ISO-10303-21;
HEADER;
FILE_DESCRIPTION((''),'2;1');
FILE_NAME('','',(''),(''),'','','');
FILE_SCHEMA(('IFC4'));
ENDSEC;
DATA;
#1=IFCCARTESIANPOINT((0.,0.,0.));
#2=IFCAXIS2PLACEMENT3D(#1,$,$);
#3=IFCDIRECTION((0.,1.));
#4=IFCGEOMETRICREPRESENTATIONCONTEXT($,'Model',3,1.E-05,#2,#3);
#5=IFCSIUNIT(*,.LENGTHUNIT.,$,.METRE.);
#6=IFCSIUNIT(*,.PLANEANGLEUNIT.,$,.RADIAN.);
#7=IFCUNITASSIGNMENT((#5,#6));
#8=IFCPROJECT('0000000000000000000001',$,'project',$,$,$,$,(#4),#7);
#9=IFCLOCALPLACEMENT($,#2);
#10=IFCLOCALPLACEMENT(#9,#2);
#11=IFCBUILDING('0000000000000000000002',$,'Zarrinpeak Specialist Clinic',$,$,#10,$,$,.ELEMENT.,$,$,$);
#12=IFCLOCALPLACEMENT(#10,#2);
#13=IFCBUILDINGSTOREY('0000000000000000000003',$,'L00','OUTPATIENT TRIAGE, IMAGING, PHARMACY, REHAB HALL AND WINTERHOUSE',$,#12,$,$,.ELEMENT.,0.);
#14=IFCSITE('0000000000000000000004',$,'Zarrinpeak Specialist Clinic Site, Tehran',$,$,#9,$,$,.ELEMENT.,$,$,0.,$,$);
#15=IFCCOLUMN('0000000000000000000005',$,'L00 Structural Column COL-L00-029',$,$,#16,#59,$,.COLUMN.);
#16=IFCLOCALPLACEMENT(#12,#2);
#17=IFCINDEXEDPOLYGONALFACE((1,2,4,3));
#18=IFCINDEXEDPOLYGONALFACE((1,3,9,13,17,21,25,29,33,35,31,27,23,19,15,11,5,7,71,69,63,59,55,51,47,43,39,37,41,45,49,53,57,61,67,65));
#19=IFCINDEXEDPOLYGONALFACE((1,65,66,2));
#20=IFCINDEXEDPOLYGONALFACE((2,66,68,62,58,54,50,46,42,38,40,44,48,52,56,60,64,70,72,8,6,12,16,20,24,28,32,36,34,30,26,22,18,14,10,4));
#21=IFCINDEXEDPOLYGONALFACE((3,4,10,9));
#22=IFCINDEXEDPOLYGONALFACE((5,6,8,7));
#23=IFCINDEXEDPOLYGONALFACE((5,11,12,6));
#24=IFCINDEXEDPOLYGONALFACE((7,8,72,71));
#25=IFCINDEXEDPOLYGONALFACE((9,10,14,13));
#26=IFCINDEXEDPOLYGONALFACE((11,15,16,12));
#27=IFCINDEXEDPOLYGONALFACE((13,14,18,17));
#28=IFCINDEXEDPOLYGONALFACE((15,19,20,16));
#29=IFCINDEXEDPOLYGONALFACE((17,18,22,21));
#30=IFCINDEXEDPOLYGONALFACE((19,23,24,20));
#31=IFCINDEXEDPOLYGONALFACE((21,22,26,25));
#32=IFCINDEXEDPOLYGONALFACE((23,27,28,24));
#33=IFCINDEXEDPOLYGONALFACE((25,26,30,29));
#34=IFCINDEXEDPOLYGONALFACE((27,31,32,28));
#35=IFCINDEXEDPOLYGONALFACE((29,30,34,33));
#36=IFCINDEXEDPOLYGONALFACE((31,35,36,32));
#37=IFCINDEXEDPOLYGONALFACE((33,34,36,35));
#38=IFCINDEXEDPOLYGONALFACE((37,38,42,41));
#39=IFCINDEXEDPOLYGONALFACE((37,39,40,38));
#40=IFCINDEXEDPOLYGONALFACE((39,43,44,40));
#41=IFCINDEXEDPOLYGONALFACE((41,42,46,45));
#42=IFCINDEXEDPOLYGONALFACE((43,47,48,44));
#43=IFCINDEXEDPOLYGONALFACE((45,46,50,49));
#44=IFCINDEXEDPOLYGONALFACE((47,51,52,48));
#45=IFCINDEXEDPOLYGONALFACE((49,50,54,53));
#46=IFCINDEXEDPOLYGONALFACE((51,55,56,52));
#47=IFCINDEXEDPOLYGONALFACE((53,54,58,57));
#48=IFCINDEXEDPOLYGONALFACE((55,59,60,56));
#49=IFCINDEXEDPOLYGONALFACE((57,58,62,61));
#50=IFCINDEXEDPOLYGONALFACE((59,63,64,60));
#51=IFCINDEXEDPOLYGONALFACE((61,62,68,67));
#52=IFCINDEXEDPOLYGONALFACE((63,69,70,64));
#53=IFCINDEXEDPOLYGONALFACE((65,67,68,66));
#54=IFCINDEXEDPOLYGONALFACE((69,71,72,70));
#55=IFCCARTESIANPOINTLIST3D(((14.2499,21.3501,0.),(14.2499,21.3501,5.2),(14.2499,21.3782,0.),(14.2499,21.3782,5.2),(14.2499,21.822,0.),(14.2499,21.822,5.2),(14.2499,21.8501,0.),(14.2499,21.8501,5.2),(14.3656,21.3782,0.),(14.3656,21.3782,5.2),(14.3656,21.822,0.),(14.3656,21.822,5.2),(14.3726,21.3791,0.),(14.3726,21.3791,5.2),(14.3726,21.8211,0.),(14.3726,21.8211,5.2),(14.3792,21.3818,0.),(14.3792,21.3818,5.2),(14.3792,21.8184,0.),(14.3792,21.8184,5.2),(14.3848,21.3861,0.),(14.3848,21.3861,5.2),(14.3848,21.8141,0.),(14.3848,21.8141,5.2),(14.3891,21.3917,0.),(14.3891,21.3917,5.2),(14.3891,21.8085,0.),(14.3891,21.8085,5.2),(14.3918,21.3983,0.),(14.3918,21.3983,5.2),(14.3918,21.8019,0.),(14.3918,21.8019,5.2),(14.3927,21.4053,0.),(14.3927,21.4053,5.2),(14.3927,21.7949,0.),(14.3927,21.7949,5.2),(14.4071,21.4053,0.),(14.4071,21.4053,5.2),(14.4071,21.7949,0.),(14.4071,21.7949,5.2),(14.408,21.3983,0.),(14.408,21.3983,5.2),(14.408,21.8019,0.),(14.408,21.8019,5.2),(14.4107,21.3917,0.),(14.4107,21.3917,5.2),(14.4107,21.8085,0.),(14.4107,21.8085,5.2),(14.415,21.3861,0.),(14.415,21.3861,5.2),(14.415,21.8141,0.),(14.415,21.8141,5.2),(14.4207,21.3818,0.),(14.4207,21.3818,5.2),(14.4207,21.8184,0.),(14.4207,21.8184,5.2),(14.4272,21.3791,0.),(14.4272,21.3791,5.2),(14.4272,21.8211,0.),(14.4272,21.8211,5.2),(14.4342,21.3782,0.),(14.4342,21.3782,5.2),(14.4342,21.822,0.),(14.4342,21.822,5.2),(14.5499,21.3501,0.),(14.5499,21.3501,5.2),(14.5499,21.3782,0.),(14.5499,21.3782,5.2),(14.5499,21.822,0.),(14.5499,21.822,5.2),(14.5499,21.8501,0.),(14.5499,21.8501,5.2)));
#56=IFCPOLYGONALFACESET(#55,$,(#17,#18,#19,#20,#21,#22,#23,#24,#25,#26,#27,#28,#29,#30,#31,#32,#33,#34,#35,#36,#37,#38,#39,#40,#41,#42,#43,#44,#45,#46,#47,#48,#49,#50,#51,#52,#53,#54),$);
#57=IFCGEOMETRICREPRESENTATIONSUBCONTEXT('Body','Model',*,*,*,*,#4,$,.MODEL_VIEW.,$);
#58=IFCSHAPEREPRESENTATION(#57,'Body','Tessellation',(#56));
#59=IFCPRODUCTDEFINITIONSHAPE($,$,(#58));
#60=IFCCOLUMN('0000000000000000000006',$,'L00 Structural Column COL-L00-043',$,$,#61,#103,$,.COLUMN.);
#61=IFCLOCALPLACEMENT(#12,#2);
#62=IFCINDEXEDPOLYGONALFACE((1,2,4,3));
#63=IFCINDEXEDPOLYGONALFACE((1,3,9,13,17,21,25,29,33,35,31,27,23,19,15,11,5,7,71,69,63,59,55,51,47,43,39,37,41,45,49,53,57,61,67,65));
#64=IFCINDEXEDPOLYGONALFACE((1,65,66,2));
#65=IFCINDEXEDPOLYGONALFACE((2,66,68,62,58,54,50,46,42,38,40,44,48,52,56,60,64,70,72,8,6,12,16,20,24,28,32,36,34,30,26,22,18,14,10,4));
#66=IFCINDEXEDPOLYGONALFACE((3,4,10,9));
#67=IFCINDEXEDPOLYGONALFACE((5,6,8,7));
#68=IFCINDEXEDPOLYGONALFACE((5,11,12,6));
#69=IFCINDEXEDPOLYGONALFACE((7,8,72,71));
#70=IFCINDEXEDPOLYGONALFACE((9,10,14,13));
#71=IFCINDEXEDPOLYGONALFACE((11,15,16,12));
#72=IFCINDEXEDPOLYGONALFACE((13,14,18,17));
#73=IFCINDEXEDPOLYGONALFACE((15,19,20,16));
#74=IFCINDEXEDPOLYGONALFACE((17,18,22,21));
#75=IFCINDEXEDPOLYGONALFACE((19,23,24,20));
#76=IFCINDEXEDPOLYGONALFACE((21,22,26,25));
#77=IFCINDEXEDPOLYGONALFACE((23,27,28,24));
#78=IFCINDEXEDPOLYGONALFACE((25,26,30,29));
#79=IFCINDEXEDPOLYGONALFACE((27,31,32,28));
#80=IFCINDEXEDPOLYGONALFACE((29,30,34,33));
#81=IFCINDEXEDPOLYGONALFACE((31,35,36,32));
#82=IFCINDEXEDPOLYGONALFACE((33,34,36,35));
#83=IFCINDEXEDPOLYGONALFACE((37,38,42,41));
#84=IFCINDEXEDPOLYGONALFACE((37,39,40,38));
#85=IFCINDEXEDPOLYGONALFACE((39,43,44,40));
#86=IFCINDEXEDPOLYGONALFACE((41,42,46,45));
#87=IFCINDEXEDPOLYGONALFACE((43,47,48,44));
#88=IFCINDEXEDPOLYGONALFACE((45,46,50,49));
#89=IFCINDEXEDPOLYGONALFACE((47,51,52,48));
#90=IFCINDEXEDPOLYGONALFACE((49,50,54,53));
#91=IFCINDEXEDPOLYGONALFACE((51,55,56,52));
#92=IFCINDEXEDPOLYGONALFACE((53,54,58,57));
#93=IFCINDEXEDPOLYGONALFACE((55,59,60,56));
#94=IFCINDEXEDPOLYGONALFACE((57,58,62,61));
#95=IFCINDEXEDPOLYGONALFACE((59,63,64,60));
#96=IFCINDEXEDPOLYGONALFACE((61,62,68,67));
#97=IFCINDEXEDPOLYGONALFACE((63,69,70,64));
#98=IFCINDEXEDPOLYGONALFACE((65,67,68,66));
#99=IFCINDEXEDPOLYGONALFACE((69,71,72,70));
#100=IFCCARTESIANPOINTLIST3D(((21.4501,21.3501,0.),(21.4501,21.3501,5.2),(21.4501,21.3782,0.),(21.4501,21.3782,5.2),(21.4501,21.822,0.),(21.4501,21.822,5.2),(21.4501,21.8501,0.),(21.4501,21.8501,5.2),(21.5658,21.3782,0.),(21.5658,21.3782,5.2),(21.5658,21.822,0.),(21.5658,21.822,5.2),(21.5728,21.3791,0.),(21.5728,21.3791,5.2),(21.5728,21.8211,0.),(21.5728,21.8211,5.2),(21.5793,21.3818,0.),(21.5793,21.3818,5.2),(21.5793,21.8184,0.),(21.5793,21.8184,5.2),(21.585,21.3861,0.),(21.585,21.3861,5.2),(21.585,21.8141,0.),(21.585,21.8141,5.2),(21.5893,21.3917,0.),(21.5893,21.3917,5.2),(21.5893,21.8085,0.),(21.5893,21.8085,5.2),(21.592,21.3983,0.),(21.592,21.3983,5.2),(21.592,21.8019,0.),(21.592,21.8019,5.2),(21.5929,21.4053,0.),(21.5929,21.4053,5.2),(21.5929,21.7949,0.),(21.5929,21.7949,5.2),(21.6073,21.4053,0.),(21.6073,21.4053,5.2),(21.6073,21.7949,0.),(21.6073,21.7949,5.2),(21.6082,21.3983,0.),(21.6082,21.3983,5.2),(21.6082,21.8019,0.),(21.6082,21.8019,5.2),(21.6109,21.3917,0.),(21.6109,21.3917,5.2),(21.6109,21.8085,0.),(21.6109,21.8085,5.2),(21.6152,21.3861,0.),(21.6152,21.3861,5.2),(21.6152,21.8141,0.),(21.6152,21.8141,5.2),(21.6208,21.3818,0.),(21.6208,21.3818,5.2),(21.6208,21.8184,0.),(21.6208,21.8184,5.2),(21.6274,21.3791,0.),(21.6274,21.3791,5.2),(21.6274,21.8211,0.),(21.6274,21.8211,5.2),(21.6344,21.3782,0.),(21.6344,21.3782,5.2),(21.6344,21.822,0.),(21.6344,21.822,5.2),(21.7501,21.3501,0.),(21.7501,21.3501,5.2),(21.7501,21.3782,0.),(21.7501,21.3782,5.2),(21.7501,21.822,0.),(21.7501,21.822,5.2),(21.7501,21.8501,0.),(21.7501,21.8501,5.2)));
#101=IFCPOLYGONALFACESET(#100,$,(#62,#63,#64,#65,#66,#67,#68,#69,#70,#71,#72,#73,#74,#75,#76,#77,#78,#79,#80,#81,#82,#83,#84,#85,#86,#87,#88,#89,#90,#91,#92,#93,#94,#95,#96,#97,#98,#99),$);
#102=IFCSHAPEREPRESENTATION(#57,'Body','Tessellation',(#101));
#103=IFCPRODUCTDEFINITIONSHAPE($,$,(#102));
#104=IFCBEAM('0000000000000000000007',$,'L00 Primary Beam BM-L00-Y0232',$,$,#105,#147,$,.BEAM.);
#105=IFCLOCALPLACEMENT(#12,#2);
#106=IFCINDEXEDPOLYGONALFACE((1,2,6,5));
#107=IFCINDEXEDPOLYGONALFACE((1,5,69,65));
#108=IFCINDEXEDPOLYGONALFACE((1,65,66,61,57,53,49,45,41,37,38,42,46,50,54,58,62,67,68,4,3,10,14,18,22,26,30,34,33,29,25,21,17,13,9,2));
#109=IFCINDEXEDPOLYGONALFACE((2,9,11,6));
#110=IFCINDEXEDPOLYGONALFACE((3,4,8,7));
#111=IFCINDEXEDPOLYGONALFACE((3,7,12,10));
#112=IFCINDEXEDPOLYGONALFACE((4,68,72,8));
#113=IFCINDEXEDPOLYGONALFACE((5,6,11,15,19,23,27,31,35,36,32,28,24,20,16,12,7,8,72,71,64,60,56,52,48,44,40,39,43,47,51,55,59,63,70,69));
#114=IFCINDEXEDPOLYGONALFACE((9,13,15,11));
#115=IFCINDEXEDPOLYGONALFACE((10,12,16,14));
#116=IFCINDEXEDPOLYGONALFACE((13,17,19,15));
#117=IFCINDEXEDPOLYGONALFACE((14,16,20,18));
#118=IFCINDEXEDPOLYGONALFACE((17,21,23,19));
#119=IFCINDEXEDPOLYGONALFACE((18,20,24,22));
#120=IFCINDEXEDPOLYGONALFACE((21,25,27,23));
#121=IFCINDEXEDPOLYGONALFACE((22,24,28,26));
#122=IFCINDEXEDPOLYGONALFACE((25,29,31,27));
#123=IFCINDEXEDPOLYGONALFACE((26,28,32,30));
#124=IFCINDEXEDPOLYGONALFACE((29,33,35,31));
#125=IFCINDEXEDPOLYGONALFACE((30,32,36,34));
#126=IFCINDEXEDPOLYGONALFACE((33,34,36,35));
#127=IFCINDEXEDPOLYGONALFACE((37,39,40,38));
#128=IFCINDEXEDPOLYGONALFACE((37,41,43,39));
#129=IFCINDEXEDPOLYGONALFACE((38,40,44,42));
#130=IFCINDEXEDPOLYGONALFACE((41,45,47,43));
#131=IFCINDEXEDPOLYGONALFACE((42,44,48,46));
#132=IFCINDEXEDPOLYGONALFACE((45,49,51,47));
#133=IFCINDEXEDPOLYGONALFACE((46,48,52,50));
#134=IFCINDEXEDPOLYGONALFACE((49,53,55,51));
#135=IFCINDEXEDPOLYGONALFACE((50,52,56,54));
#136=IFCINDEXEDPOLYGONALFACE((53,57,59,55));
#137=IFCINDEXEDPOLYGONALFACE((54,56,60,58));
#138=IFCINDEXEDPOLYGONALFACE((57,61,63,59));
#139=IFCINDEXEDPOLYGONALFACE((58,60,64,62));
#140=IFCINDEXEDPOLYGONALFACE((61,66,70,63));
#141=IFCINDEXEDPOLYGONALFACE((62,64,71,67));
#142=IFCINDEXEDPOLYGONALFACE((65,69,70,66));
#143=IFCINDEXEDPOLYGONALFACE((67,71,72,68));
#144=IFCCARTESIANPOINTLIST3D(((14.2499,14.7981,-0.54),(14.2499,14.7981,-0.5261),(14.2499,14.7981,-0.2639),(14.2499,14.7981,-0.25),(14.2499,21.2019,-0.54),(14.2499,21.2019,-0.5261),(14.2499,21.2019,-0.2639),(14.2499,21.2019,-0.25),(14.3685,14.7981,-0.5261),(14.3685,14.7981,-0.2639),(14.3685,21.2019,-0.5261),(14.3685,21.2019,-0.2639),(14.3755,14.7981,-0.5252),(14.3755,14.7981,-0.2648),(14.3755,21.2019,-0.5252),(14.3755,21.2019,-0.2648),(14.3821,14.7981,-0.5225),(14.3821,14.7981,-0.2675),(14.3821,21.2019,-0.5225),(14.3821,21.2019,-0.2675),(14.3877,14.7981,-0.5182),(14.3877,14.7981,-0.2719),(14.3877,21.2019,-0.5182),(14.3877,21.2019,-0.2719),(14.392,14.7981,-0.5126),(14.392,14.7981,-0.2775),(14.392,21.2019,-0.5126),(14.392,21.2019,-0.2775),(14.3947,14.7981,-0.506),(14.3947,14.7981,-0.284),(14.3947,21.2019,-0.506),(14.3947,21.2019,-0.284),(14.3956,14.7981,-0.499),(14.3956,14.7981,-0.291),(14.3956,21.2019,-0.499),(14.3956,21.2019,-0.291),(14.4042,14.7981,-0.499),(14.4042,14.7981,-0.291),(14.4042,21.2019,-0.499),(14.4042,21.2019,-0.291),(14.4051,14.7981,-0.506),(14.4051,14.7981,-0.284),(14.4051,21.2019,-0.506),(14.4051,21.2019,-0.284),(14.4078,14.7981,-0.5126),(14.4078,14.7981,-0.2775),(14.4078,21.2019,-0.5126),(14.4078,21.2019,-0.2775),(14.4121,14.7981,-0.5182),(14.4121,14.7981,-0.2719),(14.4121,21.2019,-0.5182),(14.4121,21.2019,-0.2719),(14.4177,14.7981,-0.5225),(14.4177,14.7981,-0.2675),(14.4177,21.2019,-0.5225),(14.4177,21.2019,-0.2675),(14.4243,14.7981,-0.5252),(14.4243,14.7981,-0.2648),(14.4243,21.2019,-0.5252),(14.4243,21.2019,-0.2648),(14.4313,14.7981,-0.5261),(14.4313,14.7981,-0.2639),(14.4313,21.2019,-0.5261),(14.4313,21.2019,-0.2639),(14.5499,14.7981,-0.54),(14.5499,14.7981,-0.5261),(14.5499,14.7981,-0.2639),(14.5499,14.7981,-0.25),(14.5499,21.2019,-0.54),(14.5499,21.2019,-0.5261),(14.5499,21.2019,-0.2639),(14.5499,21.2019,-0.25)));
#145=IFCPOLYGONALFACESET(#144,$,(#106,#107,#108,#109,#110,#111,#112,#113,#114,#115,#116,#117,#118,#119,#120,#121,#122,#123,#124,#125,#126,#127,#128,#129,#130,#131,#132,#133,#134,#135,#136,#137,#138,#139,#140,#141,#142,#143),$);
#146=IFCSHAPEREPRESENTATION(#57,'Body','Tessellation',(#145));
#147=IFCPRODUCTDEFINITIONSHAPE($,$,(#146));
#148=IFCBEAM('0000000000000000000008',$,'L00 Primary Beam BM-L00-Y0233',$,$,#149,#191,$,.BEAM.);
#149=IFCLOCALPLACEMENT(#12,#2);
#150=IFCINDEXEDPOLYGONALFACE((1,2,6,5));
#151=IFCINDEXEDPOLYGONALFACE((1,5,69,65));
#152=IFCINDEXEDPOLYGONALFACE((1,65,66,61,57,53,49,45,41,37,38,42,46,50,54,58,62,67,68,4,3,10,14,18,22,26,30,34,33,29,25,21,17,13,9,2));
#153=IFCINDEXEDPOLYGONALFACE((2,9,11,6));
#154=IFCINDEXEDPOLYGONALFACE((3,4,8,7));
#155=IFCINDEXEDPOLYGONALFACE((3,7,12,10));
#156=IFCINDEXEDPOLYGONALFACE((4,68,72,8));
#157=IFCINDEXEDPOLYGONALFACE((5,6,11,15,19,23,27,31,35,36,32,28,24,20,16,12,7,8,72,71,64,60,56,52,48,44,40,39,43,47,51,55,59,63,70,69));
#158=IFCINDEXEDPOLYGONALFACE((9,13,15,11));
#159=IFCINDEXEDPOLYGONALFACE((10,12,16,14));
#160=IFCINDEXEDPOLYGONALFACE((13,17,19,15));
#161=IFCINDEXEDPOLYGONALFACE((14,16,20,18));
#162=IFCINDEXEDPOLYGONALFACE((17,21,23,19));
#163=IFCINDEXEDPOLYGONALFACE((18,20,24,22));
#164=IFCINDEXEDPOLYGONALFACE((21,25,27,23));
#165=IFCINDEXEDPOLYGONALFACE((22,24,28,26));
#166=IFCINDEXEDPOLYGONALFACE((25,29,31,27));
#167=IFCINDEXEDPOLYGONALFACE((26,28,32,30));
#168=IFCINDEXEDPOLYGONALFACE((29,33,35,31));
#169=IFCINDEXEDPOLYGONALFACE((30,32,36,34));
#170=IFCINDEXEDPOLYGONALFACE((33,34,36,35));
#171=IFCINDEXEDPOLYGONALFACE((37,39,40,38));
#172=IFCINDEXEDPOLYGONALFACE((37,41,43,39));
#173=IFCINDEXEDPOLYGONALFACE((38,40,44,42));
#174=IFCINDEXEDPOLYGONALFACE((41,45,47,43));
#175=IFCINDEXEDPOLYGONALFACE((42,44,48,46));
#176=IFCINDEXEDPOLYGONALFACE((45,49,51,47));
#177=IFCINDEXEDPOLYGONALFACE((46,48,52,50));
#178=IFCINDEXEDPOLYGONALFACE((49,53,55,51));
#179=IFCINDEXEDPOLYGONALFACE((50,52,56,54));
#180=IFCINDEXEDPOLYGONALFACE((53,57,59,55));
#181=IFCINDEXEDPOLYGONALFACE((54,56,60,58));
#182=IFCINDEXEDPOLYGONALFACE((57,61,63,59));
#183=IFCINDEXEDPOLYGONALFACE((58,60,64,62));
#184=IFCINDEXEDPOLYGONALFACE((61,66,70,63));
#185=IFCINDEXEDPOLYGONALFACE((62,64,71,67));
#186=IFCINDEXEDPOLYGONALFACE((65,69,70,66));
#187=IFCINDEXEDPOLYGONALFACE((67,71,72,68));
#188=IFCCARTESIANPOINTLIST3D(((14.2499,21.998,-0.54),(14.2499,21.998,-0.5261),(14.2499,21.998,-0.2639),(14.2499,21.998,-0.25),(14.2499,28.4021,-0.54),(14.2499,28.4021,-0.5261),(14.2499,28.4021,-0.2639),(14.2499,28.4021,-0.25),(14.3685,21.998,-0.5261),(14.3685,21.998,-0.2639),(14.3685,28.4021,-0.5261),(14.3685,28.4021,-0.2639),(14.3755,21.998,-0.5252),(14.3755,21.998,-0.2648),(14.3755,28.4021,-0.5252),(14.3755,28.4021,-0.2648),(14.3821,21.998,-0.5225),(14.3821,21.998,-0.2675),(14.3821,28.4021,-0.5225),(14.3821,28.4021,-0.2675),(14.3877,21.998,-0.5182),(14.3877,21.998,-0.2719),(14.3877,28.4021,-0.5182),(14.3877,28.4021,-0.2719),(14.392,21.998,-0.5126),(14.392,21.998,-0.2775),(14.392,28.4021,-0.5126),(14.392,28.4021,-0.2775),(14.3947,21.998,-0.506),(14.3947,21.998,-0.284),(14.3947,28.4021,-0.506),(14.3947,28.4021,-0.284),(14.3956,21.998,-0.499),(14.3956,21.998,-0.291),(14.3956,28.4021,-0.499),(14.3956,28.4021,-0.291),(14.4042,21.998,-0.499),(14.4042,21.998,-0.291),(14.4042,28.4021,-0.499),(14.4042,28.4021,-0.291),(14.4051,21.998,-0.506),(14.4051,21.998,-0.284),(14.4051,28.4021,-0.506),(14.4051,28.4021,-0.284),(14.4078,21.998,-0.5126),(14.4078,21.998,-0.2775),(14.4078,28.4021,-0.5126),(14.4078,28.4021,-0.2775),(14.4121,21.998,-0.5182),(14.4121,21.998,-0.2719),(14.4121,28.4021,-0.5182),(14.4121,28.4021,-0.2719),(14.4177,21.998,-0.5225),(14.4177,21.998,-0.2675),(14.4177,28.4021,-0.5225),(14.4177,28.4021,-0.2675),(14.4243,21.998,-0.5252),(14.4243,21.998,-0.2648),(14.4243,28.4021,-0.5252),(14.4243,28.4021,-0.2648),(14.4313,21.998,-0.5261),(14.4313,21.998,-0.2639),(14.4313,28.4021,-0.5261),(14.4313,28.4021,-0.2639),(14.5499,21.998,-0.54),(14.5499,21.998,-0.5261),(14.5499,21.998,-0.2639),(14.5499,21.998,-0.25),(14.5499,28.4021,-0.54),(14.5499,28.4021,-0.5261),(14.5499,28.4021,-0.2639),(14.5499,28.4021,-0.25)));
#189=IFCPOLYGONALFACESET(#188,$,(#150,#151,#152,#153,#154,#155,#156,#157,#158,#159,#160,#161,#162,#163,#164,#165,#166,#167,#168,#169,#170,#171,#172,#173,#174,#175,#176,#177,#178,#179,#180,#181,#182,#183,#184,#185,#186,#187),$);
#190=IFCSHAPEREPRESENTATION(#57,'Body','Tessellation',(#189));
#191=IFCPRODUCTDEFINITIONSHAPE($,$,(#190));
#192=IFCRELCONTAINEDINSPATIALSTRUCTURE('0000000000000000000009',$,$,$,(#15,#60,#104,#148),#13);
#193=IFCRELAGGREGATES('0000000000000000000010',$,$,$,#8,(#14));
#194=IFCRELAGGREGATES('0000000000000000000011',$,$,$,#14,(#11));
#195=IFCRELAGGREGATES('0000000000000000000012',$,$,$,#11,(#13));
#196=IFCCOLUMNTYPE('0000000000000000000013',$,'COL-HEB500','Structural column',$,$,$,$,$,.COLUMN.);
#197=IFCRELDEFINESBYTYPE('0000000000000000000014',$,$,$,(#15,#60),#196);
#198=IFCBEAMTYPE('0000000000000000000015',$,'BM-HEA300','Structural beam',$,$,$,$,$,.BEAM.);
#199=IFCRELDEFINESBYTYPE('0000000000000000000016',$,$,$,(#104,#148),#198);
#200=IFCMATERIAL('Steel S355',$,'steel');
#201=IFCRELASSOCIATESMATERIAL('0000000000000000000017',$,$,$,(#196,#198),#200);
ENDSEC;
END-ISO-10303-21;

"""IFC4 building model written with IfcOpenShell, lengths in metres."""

from ifc_helpers import new_model, si_unit, direction, frame, origin, origin_2d, place, context, subcontext, project, spatial, i_section, extrude, material, material_profile, profile_set, type_object, element, save


model = new_model("IFC4")

# Units and contexts
model_context = context("Model", 3, precision=1e-05, world=origin(), true_north=direction((0.0, 1.0)))
body_context = subcontext(model_context, "Body", "Model", "MODEL_VIEW")
ifc_project = project(units=[si_unit("LENGTHUNIT", "METRE"), si_unit("PLANEANGLEUNIT", "RADIAN")], contexts=[model_context])

# Site, building, storey
site_placement = place(None, origin())
site = spatial("IfcSite", under=ifc_project, at=site_placement, Name="Zarrinpeak Specialist Clinic Site, Tehran", CompositionType="ELEMENT", RefElevation=0.0)
building_placement = place(site_placement, origin())
building = spatial("IfcBuilding", under=site, at=building_placement, Name="Zarrinpeak Specialist Clinic", CompositionType="ELEMENT")
storey_placement = place(building_placement, origin())
storey = spatial("IfcBuildingStorey", under=building, at=storey_placement, Name="L00", Description="OUTPATIENT TRIAGE, IMAGING, PHARMACY, REHAB HALL AND WINTERHOUSE", CompositionType="ELEMENT", Elevation=0.0)

# Columns
ifc_material_1 = material(Name="Steel S355", Category="steel")
ifc_material_profile_1 = material_profile(ifc_material_1, i_section(OverallWidth=0.3, OverallDepth=0.5, WebThickness=0.0144, FlangeThickness=0.0281, FilletRadius=0.0271, at=origin_2d()), Name="HEB 500")
ifc_profile_set_1 = profile_set([ifc_material_profile_1], Name="Steel S355")
column_type = type_object("IfcColumnType", Name="COL-HEB500", Description="Structural column", PredefinedType="COLUMN", material=ifc_profile_set_1)
for number, where, z_axis, x_axis, name in (
    (1, (14.3999, 21.6001, 0.0), (0.0, 0.0, 1.0), (1.0, 0.0, 0.0), "L00 Structural Column COL-L00-029"),
    (2, (21.6001, 21.6001, 0.0), (0.0, 0.0, 1.0), (1.0, 0.0, 0.0), "L00 Structural Column COL-L00-043"),
):
    element("IfcColumn", number, at=place(storey_placement, frame(where, z_axis=z_axis, x_axis=x_axis)), inside=storey, type_object=column_type, Name=name, PredefinedType="COLUMN", context=body_context, shape_type="SweptSolid", body=[
        extrude(i_section(OverallWidth=0.3, OverallDepth=0.5, WebThickness=0.0144, FlangeThickness=0.0281, FilletRadius=0.0271, at=origin_2d()), origin(), (0.0, 0.0, 1.0), 5.2),
    ])

# Beams
ifc_material_profile_2 = material_profile(ifc_material_1, i_section(OverallWidth=0.3, OverallDepth=0.29, WebThickness=0.0085, FlangeThickness=0.0139, FilletRadius=0.0271, at=origin_2d()), Name="HEA 300")
ifc_profile_set_2 = profile_set([ifc_material_profile_2], Name="Steel S355")
beam_type_1 = type_object("IfcBeamType", Name="BM-HEA300", Description="Structural beam", PredefinedType="BEAM", material=ifc_profile_set_2)
beam_1_placement = place(storey_placement, frame((14.3999, 14.7981, -0.395), z_axis=(0.0, 1.0, 0.0), x_axis=(-1.0, 0.0, 0.0)))
element("IfcBeam", 3, at=beam_1_placement, inside=storey, type_object=beam_type_1, Name="L00 Primary Beam BM-L00-Y0232", PredefinedType="BEAM", context=body_context, shape_type="SweptSolid", body=[
    extrude(i_section(OverallWidth=0.3, OverallDepth=0.29, WebThickness=0.0085, FlangeThickness=0.0139, FilletRadius=0.0271, at=origin_2d()), origin(), (0.0, 0.0, 1.0), 6.4038),
])
beam_2_placement = place(storey_placement, frame((14.3999, 21.998, -0.395), z_axis=(0.0, 1.0, 0.0), x_axis=(-1.0, 0.0, 0.0)))
element("IfcBeam", 4, at=beam_2_placement, inside=storey, type_object=beam_type_1, Name="L00 Primary Beam BM-L00-Y0233", PredefinedType="BEAM", context=body_context, shape_type="SweptSolid", body=[
    extrude(i_section(OverallWidth=0.3, OverallDepth=0.29, WebThickness=0.0085, FlangeThickness=0.0139, FilletRadius=0.0271, at=origin_2d()), origin(), (0.0, 0.0, 1.0), 6.4041),
])

save(model, "model.ifc")
